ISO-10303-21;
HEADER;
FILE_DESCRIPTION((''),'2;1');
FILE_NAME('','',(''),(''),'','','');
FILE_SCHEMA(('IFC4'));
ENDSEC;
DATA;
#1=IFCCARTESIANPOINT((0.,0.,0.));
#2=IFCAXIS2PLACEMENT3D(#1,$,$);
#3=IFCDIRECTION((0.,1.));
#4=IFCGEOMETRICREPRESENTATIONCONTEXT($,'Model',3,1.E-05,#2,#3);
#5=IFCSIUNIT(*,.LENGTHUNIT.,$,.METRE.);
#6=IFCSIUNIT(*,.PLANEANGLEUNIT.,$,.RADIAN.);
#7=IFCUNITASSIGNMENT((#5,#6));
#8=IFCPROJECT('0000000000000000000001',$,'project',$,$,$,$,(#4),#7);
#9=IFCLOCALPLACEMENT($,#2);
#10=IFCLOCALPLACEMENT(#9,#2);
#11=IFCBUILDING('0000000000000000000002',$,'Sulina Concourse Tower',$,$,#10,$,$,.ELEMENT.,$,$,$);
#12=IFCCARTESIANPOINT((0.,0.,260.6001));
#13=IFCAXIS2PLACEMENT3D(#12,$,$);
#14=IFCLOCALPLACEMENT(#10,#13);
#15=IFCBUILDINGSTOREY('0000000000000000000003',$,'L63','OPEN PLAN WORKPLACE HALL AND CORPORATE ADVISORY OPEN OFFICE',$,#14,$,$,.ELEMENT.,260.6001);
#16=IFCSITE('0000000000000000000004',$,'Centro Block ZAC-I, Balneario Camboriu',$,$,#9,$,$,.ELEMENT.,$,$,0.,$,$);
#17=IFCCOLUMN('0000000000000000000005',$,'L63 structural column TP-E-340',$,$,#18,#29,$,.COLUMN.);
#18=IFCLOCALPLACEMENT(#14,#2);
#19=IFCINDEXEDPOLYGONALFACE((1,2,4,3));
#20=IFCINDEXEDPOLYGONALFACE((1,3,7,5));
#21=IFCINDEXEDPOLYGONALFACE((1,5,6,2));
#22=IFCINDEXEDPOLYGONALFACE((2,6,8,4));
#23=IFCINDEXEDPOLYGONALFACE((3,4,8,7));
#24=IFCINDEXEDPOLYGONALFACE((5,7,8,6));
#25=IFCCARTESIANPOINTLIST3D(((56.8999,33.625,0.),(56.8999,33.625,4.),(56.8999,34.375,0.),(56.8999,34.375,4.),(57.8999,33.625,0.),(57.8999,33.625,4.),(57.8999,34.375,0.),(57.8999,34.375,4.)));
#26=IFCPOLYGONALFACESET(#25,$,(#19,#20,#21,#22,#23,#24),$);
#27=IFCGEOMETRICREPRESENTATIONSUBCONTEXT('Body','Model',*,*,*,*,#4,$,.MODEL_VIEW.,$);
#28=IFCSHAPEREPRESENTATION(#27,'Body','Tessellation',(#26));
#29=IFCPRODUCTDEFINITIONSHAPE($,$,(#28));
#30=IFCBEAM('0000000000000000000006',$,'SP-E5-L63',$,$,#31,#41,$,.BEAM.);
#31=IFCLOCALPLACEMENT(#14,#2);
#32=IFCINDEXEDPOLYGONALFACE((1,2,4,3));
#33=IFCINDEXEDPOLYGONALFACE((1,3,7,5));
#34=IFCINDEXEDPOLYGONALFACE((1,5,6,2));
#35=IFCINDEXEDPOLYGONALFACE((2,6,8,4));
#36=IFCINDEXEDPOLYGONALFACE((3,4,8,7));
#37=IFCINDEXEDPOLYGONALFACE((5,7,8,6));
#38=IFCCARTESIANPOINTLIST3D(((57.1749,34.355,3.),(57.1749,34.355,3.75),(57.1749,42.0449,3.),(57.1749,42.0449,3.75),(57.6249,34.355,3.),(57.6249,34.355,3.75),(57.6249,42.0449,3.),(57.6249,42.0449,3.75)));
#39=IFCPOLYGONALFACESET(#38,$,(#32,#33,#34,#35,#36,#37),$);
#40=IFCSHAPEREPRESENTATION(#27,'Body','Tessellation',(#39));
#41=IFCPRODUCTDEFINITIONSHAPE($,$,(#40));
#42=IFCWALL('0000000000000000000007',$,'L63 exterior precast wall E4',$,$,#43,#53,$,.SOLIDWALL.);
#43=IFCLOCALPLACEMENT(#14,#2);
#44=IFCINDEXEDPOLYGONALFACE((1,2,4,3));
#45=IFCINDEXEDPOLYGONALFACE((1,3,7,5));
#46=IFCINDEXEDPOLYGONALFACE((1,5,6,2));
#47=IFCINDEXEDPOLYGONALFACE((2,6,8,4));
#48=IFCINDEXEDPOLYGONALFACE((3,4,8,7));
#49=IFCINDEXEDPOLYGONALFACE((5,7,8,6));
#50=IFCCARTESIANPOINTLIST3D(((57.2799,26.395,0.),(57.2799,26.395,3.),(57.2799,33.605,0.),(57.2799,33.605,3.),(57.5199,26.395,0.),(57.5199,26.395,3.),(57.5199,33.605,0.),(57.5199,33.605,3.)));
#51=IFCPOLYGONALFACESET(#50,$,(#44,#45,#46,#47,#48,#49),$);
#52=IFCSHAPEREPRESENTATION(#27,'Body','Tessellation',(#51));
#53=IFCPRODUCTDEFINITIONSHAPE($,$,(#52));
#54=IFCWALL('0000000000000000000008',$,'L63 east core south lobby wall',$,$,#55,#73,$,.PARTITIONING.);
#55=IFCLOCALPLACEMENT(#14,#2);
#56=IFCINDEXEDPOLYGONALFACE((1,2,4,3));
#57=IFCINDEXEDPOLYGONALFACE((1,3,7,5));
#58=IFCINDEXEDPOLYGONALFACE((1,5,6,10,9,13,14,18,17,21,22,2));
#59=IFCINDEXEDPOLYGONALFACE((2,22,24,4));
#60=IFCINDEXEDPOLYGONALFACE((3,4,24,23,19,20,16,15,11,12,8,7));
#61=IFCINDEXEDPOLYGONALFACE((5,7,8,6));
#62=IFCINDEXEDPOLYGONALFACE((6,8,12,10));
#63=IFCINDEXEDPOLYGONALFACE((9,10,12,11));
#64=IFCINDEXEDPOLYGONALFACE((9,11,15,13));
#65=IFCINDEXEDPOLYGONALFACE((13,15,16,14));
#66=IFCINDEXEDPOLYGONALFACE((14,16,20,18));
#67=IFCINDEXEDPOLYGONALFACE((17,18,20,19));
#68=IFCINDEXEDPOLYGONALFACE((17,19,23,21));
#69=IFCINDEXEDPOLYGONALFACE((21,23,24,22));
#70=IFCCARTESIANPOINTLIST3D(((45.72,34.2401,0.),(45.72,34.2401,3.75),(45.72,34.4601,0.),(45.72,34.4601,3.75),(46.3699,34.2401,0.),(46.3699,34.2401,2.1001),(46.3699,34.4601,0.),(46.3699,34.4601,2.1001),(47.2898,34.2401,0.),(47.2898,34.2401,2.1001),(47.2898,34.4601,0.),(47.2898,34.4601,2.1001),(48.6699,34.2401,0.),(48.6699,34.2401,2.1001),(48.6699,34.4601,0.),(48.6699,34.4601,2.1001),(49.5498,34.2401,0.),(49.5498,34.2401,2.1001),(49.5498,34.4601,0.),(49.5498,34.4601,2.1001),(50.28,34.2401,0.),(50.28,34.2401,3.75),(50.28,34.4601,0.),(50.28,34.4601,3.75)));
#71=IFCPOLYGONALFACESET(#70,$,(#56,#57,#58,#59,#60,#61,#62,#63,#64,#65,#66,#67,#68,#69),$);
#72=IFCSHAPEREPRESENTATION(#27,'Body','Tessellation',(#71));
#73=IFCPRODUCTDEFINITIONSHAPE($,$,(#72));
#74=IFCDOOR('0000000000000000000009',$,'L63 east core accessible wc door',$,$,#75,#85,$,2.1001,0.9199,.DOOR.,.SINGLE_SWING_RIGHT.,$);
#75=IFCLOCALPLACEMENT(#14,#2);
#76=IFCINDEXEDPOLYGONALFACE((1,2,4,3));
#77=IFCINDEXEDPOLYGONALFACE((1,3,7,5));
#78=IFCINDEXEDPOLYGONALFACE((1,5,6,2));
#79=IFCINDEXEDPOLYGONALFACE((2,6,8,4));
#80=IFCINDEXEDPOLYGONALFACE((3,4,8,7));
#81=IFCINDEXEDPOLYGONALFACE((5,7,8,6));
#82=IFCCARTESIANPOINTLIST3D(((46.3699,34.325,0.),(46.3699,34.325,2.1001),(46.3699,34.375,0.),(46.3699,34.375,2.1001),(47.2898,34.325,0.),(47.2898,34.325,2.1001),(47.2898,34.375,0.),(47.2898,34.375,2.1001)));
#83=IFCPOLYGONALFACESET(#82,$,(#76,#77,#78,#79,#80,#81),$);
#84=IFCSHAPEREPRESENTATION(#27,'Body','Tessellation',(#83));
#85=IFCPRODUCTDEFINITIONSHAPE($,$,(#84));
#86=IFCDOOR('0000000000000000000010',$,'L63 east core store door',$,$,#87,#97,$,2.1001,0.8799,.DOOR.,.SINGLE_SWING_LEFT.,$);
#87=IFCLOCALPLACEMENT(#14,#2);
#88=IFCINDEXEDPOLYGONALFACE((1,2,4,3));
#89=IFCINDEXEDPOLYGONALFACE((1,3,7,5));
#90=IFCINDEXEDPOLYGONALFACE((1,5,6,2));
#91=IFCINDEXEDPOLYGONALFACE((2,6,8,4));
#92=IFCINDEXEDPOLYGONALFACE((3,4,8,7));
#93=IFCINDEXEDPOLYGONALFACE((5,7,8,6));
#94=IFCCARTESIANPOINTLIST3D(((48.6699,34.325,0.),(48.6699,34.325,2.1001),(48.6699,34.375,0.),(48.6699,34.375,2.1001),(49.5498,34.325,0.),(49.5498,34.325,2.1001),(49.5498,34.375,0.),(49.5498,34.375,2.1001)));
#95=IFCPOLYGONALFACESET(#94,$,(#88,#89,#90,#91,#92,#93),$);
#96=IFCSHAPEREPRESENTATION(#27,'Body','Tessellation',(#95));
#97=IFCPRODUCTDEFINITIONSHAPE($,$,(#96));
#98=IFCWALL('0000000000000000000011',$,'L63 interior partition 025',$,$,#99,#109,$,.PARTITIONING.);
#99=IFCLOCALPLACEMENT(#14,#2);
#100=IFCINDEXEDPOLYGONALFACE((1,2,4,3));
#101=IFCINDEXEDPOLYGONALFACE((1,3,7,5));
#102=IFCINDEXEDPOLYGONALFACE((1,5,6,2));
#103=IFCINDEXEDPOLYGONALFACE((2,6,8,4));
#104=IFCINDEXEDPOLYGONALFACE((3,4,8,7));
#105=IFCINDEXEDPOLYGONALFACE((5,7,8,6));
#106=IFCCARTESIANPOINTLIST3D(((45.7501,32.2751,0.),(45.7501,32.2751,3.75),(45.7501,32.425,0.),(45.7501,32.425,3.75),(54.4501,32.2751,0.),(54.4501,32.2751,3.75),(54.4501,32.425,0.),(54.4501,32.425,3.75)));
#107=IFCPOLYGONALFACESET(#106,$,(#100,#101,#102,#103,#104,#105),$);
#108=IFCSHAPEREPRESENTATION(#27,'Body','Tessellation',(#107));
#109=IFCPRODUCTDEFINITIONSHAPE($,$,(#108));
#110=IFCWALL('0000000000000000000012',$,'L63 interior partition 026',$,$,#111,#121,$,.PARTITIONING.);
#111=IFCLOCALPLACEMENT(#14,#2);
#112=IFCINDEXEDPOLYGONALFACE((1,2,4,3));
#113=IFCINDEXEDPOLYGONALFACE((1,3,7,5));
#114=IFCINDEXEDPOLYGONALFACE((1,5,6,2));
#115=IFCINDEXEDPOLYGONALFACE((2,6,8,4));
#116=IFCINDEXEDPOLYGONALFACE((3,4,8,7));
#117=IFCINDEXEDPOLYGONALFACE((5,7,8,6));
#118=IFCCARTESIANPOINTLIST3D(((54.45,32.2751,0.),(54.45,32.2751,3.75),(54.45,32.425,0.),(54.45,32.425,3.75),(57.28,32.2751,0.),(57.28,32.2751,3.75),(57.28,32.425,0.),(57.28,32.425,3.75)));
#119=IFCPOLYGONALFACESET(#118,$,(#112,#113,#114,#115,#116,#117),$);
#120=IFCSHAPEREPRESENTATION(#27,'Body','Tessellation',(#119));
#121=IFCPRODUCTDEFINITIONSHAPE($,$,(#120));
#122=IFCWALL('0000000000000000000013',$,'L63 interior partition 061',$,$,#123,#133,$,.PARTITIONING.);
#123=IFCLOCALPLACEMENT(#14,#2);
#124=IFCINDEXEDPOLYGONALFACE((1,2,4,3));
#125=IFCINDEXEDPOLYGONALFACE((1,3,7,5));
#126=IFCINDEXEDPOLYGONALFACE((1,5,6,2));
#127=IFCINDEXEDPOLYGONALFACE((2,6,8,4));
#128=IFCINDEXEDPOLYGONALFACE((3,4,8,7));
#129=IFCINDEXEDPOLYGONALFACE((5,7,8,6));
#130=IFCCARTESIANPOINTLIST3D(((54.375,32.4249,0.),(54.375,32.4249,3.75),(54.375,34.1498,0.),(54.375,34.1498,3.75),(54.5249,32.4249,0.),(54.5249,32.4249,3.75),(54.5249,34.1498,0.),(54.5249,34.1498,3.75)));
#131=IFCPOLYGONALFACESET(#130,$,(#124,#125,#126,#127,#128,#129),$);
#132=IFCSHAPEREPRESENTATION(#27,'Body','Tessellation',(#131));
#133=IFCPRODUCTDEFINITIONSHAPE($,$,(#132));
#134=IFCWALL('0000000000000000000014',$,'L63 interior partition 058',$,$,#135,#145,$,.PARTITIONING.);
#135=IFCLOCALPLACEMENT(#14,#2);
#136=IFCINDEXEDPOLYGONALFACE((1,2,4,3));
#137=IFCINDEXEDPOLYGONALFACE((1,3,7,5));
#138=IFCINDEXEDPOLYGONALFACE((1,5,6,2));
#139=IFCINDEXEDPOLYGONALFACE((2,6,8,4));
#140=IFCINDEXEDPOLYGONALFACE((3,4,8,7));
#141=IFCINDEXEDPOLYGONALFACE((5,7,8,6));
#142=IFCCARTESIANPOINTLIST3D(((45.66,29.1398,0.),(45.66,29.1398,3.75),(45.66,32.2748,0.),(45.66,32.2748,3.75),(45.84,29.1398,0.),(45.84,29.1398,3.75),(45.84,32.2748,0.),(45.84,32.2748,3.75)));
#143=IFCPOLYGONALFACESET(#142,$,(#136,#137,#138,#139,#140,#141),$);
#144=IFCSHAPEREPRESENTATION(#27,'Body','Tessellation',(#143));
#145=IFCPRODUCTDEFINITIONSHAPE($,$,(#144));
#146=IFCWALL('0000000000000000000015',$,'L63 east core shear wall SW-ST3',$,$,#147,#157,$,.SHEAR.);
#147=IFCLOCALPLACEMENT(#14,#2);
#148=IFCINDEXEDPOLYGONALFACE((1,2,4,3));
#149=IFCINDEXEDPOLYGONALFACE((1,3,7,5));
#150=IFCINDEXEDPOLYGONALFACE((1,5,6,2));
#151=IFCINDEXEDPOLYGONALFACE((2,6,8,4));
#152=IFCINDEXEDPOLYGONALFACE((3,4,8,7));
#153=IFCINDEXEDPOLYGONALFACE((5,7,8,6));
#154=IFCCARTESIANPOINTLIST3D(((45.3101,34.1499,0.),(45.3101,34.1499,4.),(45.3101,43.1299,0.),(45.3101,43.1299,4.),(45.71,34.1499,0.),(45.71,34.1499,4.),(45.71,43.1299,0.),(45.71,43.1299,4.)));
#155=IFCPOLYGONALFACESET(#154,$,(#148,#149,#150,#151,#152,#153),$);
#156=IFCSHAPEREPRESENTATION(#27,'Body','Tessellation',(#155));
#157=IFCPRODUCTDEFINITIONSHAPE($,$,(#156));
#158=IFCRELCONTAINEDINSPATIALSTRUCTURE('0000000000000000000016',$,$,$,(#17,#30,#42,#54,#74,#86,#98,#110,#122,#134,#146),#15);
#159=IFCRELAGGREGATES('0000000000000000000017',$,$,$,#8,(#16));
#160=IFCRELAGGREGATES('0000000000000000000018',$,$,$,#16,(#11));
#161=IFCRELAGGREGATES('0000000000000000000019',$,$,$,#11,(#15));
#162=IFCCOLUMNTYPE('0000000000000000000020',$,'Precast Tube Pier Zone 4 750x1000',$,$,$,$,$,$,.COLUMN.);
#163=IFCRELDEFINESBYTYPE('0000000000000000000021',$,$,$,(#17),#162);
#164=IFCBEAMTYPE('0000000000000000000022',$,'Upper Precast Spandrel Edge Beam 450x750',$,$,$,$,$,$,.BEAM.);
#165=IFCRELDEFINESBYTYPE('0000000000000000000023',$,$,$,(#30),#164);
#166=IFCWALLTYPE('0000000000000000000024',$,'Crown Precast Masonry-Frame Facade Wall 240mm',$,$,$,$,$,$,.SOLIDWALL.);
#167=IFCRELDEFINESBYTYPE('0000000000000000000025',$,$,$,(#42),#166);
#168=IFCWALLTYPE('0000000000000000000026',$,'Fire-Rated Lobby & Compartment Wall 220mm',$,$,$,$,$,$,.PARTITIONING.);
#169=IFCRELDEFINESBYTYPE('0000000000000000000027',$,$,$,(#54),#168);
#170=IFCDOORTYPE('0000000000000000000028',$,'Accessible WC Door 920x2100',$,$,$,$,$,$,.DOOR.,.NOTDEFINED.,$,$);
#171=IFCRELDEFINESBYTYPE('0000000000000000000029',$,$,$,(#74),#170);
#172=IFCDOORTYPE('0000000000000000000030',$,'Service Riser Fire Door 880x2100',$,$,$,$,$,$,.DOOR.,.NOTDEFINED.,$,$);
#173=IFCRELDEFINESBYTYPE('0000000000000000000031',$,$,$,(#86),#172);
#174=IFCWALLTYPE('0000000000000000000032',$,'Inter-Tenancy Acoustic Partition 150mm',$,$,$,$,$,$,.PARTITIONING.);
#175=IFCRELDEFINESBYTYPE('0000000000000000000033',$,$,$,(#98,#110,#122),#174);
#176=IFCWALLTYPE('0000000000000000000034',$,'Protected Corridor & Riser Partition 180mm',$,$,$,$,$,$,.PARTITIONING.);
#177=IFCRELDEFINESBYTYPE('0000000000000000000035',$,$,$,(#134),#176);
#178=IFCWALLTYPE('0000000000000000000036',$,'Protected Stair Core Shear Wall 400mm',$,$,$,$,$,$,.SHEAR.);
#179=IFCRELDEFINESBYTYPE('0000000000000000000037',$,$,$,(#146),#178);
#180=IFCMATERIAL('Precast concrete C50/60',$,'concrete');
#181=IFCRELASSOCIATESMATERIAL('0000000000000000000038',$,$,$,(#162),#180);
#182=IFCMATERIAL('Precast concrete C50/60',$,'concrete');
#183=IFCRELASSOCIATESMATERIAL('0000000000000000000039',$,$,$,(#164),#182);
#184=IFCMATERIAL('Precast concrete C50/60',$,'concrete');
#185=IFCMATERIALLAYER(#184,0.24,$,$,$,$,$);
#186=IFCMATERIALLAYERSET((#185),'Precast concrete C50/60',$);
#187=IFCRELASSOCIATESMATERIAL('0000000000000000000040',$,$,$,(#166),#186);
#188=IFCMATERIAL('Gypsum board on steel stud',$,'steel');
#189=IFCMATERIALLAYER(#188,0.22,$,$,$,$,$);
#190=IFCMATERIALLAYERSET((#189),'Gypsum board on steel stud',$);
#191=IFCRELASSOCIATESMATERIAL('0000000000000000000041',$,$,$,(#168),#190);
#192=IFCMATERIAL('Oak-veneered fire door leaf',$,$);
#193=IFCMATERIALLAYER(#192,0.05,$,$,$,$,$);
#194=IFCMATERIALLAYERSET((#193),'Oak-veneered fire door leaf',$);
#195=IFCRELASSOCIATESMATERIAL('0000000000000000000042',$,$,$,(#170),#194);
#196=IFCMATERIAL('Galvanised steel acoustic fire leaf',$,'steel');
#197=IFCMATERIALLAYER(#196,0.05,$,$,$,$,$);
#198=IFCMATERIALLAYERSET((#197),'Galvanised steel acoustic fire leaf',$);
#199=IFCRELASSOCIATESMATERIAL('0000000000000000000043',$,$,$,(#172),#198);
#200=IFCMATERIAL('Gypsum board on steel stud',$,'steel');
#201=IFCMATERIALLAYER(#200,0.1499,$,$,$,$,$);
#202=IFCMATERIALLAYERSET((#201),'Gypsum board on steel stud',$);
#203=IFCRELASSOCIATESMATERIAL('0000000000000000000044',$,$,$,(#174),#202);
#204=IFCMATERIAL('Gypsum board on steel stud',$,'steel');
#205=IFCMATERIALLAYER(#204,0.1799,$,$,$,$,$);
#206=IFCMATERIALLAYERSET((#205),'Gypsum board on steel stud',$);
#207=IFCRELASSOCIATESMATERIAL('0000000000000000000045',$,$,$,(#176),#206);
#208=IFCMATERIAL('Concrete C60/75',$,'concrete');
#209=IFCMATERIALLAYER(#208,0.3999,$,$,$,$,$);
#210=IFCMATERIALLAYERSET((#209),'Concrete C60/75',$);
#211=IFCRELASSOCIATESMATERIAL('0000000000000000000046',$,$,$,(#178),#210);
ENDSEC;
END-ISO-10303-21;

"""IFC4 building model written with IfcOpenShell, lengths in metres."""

from ifc_helpers import new_model, si_unit, direction, frame, frame_2d, origin, origin_2d, place, context, subcontext, project, spatial, rectangle, extrude, material, layer, layer_set, material_profile, profile_set, type_object, element, fill, save


model = new_model("IFC4")

# Units and contexts
model_context = context("Model", 3, precision=1e-05, world=origin(), true_north=direction((0.0, 1.0)))
body_context = subcontext(model_context, "Body", "Model", "MODEL_VIEW")
ifc_project = project(units=[si_unit("LENGTHUNIT", "METRE"), si_unit("PLANEANGLEUNIT", "RADIAN")], contexts=[model_context])

# Site, building, storey
site_placement = place(None, origin())
site = spatial("IfcSite", under=ifc_project, at=site_placement, Name="Centro Block ZAC-I, Balneario Camboriu", CompositionType="ELEMENT", RefElevation=0.0)
building_placement = place(site_placement, origin())
building = spatial("IfcBuilding", under=site, at=building_placement, Name="Sulina Concourse Tower", CompositionType="ELEMENT")
storey_placement = place(building_placement, frame((0.0, 0.0, 260.6001)))
storey = spatial("IfcBuildingStorey", under=building, at=storey_placement, Name="L63", Description="OPEN PLAN WORKPLACE HALL AND CORPORATE ADVISORY OPEN OFFICE", CompositionType="ELEMENT", Elevation=260.6001)

# Column
ifc_material_1 = material(Name="Precast concrete C50/60", Category="concrete")
ifc_material_profile_1 = material_profile(ifc_material_1, rectangle(XDim=0.75, YDim=1.0, at=origin_2d()), Name="PC 750x1000")
ifc_profile_set_1 = profile_set([ifc_material_profile_1], Name="Precast concrete C50/60")
column_type = type_object("IfcColumnType", Name="Precast Tube Pier Zone 4 750x1000", PredefinedType="COLUMN", material=ifc_profile_set_1)
column_placement = place(storey_placement, frame((57.3999, 34.0, 0.0), z_axis=(0.0, 0.0, 1.0), x_axis=(0.0, 1.0, 0.0)))
element("IfcColumn", 1, at=column_placement, inside=storey, type_object=column_type, Name="L63 structural column TP-E-340", PredefinedType="COLUMN", context=body_context, shape_type="SweptSolid", body=[
    extrude(rectangle(XDim=0.75, YDim=1.0, at=origin_2d()), origin(), (0.0, 0.0, 1.0), 4.0),
])

# Beam
ifc_material_2 = material(Name="Precast concrete C50/60", Category="concrete")
ifc_material_profile_2 = material_profile(ifc_material_2, rectangle(XDim=0.45, YDim=0.75, at=origin_2d()), Name="RC 450x750")
ifc_profile_set_2 = profile_set([ifc_material_profile_2], Name="Precast concrete C50/60")
beam_type = type_object("IfcBeamType", Name="Upper Precast Spandrel Edge Beam 450x750", PredefinedType="BEAM", material=ifc_profile_set_2)
beam_placement = place(storey_placement, frame((57.3999, 34.355, 3.375), z_axis=(0.0, 1.0, 0.0), x_axis=(-1.0, 0.0, 0.0)))
element("IfcBeam", 2, at=beam_placement, inside=storey, type_object=beam_type, Name="SP-E5-L63", PredefinedType="BEAM", context=body_context, shape_type="SweptSolid", body=[
    extrude(rectangle(XDim=0.45, YDim=0.75, at=origin_2d()), origin(), (0.0, 0.0, 1.0), 7.6899),
])

# Wall
ifc_material_3 = material(Name="Precast concrete C50/60", Category="concrete")
ifc_layer_1 = layer(ifc_material_3, 0.24)
ifc_layer_set_1 = layer_set([ifc_layer_1], Name="Precast concrete C50/60")
wall_type_1 = type_object("IfcWallType", Name="Crown Precast Masonry-Frame Facade Wall 240mm", PredefinedType="SOLIDWALL", material=ifc_layer_set_1)
wall_1_placement = place(storey_placement, frame((57.3999, 33.605, 0.0), z_axis=(0.0, 0.0, 1.0), x_axis=(0.0, -1.0, 0.0)))
element("IfcWall", 3, at=wall_1_placement, inside=storey, type_object=wall_type_1, Name="L63 exterior precast wall E4", PredefinedType="SOLIDWALL", context=body_context, shape_type="SweptSolid", body=[
    extrude(rectangle(XDim=7.21, YDim=0.24, at=frame_2d((3.605, 0.0))), origin(), (0.0, 0.0, 1.0), 3.0),
])

# Wall, openings, doors
ifc_material_4 = material(Name="Gypsum board on steel stud", Category="steel")
ifc_layer_2 = layer(ifc_material_4, 0.22)
ifc_layer_set_2 = layer_set([ifc_layer_2], Name="Gypsum board on steel stud")
wall_type_2 = type_object("IfcWallType", Name="Fire-Rated Lobby & Compartment Wall 220mm", PredefinedType="PARTITIONING", material=ifc_layer_set_2)
wall_2_placement = place(storey_placement, frame((45.72, 34.3501, 0.0), z_axis=(0.0, 0.0, 1.0), x_axis=(1.0, 0.0, 0.0)))
wall_2 = element("IfcWall", 4, at=wall_2_placement, inside=storey, type_object=wall_type_2, Name="L63 east core south lobby wall", PredefinedType="PARTITIONING", context=body_context, shape_type="SweptSolid", body=[
    extrude(rectangle(XDim=4.5601, YDim=0.22, at=frame_2d((2.28, 0.0))), origin(), (0.0, 0.0, 1.0), 3.75),
])
opening_1_placement = place(wall_2_placement, frame((0.6499, 0.0, 0.0)))
opening_1 = element("IfcOpeningElement", 5, at=opening_1_placement, cuts=wall_2, PredefinedType="OPENING", context=body_context, shape_type="SweptSolid", body=[
    extrude(rectangle(XDim=0.9199, YDim=2.1001, at=frame_2d((0.46, 1.05))), frame((0.0, 0.1199, 0.0), z_axis=(0.0, -1.0, 0.0), x_axis=(1.0, 0.0, 0.0)), (0.0, 0.0, 1.0), 0.24),
])
opening_2_placement = place(wall_2_placement, frame((2.95, 0.0, 0.0)))
opening_2 = element("IfcOpeningElement", 6, at=opening_2_placement, cuts=wall_2, PredefinedType="OPENING", context=body_context, shape_type="SweptSolid", body=[
    extrude(rectangle(XDim=0.8799, YDim=2.1001, at=frame_2d((0.4399, 1.05))), frame((0.0, 0.1199, 0.0), z_axis=(0.0, -1.0, 0.0), x_axis=(1.0, 0.0, 0.0)), (0.0, 0.0, 1.0), 0.24),
])
ifc_material_5 = material(Name="Oak-veneered fire door leaf")
ifc_layer_3 = layer(ifc_material_5, 0.05)
ifc_layer_set_3 = layer_set([ifc_layer_3], Name="Oak-veneered fire door leaf")
door_type_1 = type_object("IfcDoorType", Name="Accessible WC Door 920x2100", OperationType="NOTDEFINED", PredefinedType="DOOR", material=ifc_layer_set_3)
door_1_placement = place(opening_1_placement, origin())
door_1 = element("IfcDoor", 7, at=door_1_placement, inside=storey, type_object=door_type_1, Name="L63 east core accessible wc door", OperationType="SINGLE_SWING_RIGHT", OverallHeight=2.1001, OverallWidth=0.9199, PredefinedType="DOOR", context=body_context, shape_type="SweptSolid", body=[
    extrude(rectangle(XDim=0.9199, YDim=2.1001, at=frame_2d((0.46, 1.05))), frame((0.0, 0.0249, 0.0), z_axis=(0.0, -1.0, 0.0), x_axis=(1.0, 0.0, 0.0)), (0.0, 0.0, 1.0), 0.05),
])
fill(opening_1, door_1)
ifc_material_6 = material(Name="Galvanised steel acoustic fire leaf", Category="steel")
ifc_layer_4 = layer(ifc_material_6, 0.05)
ifc_layer_set_4 = layer_set([ifc_layer_4], Name="Galvanised steel acoustic fire leaf")
door_type_2 = type_object("IfcDoorType", Name="Service Riser Fire Door 880x2100", OperationType="NOTDEFINED", PredefinedType="DOOR", material=ifc_layer_set_4)
door_2_placement = place(opening_2_placement, origin())
door_2 = element("IfcDoor", 8, at=door_2_placement, inside=storey, type_object=door_type_2, Name="L63 east core store door", OperationType="SINGLE_SWING_LEFT", OverallHeight=2.1001, OverallWidth=0.8799, PredefinedType="DOOR", context=body_context, shape_type="SweptSolid", body=[
    extrude(rectangle(XDim=0.8799, YDim=2.1001, at=frame_2d((0.4399, 1.05))), frame((0.0, 0.0249, 0.0), z_axis=(0.0, -1.0, 0.0), x_axis=(1.0, 0.0, 0.0)), (0.0, 0.0, 1.0), 0.05),
])
fill(opening_2, door_2)

# Walls
ifc_material_7 = material(Name="Gypsum board on steel stud", Category="steel")
ifc_layer_5 = layer(ifc_material_7, 0.1499)
ifc_layer_set_5 = layer_set([ifc_layer_5], Name="Gypsum board on steel stud")
wall_type_3 = type_object("IfcWallType", Name="Inter-Tenancy Acoustic Partition 150mm", PredefinedType="PARTITIONING", material=ifc_layer_set_5)
wall_3_placement = place(storey_placement, frame((45.75, 32.3501, 0.0), z_axis=(0.0, 0.0, 1.0), x_axis=(1.0, 0.0, 0.0)))
element("IfcWall", 9, at=wall_3_placement, inside=storey, type_object=wall_type_3, Name="L63 interior partition 025", PredefinedType="PARTITIONING", context=body_context, shape_type="SweptSolid", body=[
    extrude(rectangle(XDim=8.7, YDim=0.1499, at=frame_2d((4.3501, 0.0))), origin(), (0.0, 0.0, 1.0), 3.75),
])
wall_4_placement = place(storey_placement, frame((54.45, 32.3501, 0.0), z_axis=(0.0, 0.0, 1.0), x_axis=(1.0, 0.0, 0.0)))
element("IfcWall", 10, at=wall_4_placement, inside=storey, type_object=wall_type_3, Name="L63 interior partition 026", PredefinedType="PARTITIONING", context=body_context, shape_type="SweptSolid", body=[
    extrude(rectangle(XDim=2.8301, YDim=0.1499, at=frame_2d((1.415, 0.0))), origin(), (0.0, 0.0, 1.0), 3.75),
])
wall_5_placement = place(storey_placement, frame((54.45, 32.425, 0.0), z_axis=(0.0, 0.0, 1.0), x_axis=(0.0, 1.0, 0.0)))
element("IfcWall", 11, at=wall_5_placement, inside=storey, type_object=wall_type_3, Name="L63 interior partition 061", PredefinedType="PARTITIONING", context=body_context, shape_type="SweptSolid", body=[
    extrude(rectangle(XDim=1.7249, YDim=0.1499, at=frame_2d((0.8623, 0.0))), origin(), (0.0, 0.0, 1.0), 3.75),
])
ifc_material_8 = material(Name="Gypsum board on steel stud", Category="steel")
ifc_layer_6 = layer(ifc_material_8, 0.1799)
ifc_layer_set_6 = layer_set([ifc_layer_6], Name="Gypsum board on steel stud")
wall_type_4 = type_object("IfcWallType", Name="Protected Corridor & Riser Partition 180mm", PredefinedType="PARTITIONING", material=ifc_layer_set_6)
wall_6_placement = place(storey_placement, frame((45.75, 29.1399, 0.0), z_axis=(0.0, 0.0, 1.0), x_axis=(0.0, 1.0, 0.0)))
element("IfcWall", 12, at=wall_6_placement, inside=storey, type_object=wall_type_4, Name="L63 interior partition 058", PredefinedType="PARTITIONING", context=body_context, shape_type="SweptSolid", body=[
    extrude(rectangle(XDim=3.135, YDim=0.1799, at=frame_2d((1.5674, 0.0))), origin(), (0.0, 0.0, 1.0), 3.75),
])
ifc_material_9 = material(Name="Concrete C60/75", Category="concrete")
ifc_layer_7 = layer(ifc_material_9, 0.3999)
ifc_layer_set_7 = layer_set([ifc_layer_7], Name="Concrete C60/75")
wall_type_5 = type_object("IfcWallType", Name="Protected Stair Core Shear Wall 400mm", PredefinedType="SHEAR", material=ifc_layer_set_7)
wall_7_placement = place(storey_placement, frame((45.51, 34.1499, 0.0), z_axis=(0.0, 0.0, 1.0), x_axis=(0.0, 1.0, 0.0)))
element("IfcWall", 13, at=wall_7_placement, inside=storey, type_object=wall_type_5, Name="L63 east core shear wall SW-ST3", PredefinedType="SHEAR", context=body_context, shape_type="SweptSolid", body=[
    extrude(rectangle(XDim=8.98, YDim=0.3999, at=frame_2d((4.49, 0.0))), origin(), (0.0, 0.0, 1.0), 4.0),
])

save(model, "model.ifc")
